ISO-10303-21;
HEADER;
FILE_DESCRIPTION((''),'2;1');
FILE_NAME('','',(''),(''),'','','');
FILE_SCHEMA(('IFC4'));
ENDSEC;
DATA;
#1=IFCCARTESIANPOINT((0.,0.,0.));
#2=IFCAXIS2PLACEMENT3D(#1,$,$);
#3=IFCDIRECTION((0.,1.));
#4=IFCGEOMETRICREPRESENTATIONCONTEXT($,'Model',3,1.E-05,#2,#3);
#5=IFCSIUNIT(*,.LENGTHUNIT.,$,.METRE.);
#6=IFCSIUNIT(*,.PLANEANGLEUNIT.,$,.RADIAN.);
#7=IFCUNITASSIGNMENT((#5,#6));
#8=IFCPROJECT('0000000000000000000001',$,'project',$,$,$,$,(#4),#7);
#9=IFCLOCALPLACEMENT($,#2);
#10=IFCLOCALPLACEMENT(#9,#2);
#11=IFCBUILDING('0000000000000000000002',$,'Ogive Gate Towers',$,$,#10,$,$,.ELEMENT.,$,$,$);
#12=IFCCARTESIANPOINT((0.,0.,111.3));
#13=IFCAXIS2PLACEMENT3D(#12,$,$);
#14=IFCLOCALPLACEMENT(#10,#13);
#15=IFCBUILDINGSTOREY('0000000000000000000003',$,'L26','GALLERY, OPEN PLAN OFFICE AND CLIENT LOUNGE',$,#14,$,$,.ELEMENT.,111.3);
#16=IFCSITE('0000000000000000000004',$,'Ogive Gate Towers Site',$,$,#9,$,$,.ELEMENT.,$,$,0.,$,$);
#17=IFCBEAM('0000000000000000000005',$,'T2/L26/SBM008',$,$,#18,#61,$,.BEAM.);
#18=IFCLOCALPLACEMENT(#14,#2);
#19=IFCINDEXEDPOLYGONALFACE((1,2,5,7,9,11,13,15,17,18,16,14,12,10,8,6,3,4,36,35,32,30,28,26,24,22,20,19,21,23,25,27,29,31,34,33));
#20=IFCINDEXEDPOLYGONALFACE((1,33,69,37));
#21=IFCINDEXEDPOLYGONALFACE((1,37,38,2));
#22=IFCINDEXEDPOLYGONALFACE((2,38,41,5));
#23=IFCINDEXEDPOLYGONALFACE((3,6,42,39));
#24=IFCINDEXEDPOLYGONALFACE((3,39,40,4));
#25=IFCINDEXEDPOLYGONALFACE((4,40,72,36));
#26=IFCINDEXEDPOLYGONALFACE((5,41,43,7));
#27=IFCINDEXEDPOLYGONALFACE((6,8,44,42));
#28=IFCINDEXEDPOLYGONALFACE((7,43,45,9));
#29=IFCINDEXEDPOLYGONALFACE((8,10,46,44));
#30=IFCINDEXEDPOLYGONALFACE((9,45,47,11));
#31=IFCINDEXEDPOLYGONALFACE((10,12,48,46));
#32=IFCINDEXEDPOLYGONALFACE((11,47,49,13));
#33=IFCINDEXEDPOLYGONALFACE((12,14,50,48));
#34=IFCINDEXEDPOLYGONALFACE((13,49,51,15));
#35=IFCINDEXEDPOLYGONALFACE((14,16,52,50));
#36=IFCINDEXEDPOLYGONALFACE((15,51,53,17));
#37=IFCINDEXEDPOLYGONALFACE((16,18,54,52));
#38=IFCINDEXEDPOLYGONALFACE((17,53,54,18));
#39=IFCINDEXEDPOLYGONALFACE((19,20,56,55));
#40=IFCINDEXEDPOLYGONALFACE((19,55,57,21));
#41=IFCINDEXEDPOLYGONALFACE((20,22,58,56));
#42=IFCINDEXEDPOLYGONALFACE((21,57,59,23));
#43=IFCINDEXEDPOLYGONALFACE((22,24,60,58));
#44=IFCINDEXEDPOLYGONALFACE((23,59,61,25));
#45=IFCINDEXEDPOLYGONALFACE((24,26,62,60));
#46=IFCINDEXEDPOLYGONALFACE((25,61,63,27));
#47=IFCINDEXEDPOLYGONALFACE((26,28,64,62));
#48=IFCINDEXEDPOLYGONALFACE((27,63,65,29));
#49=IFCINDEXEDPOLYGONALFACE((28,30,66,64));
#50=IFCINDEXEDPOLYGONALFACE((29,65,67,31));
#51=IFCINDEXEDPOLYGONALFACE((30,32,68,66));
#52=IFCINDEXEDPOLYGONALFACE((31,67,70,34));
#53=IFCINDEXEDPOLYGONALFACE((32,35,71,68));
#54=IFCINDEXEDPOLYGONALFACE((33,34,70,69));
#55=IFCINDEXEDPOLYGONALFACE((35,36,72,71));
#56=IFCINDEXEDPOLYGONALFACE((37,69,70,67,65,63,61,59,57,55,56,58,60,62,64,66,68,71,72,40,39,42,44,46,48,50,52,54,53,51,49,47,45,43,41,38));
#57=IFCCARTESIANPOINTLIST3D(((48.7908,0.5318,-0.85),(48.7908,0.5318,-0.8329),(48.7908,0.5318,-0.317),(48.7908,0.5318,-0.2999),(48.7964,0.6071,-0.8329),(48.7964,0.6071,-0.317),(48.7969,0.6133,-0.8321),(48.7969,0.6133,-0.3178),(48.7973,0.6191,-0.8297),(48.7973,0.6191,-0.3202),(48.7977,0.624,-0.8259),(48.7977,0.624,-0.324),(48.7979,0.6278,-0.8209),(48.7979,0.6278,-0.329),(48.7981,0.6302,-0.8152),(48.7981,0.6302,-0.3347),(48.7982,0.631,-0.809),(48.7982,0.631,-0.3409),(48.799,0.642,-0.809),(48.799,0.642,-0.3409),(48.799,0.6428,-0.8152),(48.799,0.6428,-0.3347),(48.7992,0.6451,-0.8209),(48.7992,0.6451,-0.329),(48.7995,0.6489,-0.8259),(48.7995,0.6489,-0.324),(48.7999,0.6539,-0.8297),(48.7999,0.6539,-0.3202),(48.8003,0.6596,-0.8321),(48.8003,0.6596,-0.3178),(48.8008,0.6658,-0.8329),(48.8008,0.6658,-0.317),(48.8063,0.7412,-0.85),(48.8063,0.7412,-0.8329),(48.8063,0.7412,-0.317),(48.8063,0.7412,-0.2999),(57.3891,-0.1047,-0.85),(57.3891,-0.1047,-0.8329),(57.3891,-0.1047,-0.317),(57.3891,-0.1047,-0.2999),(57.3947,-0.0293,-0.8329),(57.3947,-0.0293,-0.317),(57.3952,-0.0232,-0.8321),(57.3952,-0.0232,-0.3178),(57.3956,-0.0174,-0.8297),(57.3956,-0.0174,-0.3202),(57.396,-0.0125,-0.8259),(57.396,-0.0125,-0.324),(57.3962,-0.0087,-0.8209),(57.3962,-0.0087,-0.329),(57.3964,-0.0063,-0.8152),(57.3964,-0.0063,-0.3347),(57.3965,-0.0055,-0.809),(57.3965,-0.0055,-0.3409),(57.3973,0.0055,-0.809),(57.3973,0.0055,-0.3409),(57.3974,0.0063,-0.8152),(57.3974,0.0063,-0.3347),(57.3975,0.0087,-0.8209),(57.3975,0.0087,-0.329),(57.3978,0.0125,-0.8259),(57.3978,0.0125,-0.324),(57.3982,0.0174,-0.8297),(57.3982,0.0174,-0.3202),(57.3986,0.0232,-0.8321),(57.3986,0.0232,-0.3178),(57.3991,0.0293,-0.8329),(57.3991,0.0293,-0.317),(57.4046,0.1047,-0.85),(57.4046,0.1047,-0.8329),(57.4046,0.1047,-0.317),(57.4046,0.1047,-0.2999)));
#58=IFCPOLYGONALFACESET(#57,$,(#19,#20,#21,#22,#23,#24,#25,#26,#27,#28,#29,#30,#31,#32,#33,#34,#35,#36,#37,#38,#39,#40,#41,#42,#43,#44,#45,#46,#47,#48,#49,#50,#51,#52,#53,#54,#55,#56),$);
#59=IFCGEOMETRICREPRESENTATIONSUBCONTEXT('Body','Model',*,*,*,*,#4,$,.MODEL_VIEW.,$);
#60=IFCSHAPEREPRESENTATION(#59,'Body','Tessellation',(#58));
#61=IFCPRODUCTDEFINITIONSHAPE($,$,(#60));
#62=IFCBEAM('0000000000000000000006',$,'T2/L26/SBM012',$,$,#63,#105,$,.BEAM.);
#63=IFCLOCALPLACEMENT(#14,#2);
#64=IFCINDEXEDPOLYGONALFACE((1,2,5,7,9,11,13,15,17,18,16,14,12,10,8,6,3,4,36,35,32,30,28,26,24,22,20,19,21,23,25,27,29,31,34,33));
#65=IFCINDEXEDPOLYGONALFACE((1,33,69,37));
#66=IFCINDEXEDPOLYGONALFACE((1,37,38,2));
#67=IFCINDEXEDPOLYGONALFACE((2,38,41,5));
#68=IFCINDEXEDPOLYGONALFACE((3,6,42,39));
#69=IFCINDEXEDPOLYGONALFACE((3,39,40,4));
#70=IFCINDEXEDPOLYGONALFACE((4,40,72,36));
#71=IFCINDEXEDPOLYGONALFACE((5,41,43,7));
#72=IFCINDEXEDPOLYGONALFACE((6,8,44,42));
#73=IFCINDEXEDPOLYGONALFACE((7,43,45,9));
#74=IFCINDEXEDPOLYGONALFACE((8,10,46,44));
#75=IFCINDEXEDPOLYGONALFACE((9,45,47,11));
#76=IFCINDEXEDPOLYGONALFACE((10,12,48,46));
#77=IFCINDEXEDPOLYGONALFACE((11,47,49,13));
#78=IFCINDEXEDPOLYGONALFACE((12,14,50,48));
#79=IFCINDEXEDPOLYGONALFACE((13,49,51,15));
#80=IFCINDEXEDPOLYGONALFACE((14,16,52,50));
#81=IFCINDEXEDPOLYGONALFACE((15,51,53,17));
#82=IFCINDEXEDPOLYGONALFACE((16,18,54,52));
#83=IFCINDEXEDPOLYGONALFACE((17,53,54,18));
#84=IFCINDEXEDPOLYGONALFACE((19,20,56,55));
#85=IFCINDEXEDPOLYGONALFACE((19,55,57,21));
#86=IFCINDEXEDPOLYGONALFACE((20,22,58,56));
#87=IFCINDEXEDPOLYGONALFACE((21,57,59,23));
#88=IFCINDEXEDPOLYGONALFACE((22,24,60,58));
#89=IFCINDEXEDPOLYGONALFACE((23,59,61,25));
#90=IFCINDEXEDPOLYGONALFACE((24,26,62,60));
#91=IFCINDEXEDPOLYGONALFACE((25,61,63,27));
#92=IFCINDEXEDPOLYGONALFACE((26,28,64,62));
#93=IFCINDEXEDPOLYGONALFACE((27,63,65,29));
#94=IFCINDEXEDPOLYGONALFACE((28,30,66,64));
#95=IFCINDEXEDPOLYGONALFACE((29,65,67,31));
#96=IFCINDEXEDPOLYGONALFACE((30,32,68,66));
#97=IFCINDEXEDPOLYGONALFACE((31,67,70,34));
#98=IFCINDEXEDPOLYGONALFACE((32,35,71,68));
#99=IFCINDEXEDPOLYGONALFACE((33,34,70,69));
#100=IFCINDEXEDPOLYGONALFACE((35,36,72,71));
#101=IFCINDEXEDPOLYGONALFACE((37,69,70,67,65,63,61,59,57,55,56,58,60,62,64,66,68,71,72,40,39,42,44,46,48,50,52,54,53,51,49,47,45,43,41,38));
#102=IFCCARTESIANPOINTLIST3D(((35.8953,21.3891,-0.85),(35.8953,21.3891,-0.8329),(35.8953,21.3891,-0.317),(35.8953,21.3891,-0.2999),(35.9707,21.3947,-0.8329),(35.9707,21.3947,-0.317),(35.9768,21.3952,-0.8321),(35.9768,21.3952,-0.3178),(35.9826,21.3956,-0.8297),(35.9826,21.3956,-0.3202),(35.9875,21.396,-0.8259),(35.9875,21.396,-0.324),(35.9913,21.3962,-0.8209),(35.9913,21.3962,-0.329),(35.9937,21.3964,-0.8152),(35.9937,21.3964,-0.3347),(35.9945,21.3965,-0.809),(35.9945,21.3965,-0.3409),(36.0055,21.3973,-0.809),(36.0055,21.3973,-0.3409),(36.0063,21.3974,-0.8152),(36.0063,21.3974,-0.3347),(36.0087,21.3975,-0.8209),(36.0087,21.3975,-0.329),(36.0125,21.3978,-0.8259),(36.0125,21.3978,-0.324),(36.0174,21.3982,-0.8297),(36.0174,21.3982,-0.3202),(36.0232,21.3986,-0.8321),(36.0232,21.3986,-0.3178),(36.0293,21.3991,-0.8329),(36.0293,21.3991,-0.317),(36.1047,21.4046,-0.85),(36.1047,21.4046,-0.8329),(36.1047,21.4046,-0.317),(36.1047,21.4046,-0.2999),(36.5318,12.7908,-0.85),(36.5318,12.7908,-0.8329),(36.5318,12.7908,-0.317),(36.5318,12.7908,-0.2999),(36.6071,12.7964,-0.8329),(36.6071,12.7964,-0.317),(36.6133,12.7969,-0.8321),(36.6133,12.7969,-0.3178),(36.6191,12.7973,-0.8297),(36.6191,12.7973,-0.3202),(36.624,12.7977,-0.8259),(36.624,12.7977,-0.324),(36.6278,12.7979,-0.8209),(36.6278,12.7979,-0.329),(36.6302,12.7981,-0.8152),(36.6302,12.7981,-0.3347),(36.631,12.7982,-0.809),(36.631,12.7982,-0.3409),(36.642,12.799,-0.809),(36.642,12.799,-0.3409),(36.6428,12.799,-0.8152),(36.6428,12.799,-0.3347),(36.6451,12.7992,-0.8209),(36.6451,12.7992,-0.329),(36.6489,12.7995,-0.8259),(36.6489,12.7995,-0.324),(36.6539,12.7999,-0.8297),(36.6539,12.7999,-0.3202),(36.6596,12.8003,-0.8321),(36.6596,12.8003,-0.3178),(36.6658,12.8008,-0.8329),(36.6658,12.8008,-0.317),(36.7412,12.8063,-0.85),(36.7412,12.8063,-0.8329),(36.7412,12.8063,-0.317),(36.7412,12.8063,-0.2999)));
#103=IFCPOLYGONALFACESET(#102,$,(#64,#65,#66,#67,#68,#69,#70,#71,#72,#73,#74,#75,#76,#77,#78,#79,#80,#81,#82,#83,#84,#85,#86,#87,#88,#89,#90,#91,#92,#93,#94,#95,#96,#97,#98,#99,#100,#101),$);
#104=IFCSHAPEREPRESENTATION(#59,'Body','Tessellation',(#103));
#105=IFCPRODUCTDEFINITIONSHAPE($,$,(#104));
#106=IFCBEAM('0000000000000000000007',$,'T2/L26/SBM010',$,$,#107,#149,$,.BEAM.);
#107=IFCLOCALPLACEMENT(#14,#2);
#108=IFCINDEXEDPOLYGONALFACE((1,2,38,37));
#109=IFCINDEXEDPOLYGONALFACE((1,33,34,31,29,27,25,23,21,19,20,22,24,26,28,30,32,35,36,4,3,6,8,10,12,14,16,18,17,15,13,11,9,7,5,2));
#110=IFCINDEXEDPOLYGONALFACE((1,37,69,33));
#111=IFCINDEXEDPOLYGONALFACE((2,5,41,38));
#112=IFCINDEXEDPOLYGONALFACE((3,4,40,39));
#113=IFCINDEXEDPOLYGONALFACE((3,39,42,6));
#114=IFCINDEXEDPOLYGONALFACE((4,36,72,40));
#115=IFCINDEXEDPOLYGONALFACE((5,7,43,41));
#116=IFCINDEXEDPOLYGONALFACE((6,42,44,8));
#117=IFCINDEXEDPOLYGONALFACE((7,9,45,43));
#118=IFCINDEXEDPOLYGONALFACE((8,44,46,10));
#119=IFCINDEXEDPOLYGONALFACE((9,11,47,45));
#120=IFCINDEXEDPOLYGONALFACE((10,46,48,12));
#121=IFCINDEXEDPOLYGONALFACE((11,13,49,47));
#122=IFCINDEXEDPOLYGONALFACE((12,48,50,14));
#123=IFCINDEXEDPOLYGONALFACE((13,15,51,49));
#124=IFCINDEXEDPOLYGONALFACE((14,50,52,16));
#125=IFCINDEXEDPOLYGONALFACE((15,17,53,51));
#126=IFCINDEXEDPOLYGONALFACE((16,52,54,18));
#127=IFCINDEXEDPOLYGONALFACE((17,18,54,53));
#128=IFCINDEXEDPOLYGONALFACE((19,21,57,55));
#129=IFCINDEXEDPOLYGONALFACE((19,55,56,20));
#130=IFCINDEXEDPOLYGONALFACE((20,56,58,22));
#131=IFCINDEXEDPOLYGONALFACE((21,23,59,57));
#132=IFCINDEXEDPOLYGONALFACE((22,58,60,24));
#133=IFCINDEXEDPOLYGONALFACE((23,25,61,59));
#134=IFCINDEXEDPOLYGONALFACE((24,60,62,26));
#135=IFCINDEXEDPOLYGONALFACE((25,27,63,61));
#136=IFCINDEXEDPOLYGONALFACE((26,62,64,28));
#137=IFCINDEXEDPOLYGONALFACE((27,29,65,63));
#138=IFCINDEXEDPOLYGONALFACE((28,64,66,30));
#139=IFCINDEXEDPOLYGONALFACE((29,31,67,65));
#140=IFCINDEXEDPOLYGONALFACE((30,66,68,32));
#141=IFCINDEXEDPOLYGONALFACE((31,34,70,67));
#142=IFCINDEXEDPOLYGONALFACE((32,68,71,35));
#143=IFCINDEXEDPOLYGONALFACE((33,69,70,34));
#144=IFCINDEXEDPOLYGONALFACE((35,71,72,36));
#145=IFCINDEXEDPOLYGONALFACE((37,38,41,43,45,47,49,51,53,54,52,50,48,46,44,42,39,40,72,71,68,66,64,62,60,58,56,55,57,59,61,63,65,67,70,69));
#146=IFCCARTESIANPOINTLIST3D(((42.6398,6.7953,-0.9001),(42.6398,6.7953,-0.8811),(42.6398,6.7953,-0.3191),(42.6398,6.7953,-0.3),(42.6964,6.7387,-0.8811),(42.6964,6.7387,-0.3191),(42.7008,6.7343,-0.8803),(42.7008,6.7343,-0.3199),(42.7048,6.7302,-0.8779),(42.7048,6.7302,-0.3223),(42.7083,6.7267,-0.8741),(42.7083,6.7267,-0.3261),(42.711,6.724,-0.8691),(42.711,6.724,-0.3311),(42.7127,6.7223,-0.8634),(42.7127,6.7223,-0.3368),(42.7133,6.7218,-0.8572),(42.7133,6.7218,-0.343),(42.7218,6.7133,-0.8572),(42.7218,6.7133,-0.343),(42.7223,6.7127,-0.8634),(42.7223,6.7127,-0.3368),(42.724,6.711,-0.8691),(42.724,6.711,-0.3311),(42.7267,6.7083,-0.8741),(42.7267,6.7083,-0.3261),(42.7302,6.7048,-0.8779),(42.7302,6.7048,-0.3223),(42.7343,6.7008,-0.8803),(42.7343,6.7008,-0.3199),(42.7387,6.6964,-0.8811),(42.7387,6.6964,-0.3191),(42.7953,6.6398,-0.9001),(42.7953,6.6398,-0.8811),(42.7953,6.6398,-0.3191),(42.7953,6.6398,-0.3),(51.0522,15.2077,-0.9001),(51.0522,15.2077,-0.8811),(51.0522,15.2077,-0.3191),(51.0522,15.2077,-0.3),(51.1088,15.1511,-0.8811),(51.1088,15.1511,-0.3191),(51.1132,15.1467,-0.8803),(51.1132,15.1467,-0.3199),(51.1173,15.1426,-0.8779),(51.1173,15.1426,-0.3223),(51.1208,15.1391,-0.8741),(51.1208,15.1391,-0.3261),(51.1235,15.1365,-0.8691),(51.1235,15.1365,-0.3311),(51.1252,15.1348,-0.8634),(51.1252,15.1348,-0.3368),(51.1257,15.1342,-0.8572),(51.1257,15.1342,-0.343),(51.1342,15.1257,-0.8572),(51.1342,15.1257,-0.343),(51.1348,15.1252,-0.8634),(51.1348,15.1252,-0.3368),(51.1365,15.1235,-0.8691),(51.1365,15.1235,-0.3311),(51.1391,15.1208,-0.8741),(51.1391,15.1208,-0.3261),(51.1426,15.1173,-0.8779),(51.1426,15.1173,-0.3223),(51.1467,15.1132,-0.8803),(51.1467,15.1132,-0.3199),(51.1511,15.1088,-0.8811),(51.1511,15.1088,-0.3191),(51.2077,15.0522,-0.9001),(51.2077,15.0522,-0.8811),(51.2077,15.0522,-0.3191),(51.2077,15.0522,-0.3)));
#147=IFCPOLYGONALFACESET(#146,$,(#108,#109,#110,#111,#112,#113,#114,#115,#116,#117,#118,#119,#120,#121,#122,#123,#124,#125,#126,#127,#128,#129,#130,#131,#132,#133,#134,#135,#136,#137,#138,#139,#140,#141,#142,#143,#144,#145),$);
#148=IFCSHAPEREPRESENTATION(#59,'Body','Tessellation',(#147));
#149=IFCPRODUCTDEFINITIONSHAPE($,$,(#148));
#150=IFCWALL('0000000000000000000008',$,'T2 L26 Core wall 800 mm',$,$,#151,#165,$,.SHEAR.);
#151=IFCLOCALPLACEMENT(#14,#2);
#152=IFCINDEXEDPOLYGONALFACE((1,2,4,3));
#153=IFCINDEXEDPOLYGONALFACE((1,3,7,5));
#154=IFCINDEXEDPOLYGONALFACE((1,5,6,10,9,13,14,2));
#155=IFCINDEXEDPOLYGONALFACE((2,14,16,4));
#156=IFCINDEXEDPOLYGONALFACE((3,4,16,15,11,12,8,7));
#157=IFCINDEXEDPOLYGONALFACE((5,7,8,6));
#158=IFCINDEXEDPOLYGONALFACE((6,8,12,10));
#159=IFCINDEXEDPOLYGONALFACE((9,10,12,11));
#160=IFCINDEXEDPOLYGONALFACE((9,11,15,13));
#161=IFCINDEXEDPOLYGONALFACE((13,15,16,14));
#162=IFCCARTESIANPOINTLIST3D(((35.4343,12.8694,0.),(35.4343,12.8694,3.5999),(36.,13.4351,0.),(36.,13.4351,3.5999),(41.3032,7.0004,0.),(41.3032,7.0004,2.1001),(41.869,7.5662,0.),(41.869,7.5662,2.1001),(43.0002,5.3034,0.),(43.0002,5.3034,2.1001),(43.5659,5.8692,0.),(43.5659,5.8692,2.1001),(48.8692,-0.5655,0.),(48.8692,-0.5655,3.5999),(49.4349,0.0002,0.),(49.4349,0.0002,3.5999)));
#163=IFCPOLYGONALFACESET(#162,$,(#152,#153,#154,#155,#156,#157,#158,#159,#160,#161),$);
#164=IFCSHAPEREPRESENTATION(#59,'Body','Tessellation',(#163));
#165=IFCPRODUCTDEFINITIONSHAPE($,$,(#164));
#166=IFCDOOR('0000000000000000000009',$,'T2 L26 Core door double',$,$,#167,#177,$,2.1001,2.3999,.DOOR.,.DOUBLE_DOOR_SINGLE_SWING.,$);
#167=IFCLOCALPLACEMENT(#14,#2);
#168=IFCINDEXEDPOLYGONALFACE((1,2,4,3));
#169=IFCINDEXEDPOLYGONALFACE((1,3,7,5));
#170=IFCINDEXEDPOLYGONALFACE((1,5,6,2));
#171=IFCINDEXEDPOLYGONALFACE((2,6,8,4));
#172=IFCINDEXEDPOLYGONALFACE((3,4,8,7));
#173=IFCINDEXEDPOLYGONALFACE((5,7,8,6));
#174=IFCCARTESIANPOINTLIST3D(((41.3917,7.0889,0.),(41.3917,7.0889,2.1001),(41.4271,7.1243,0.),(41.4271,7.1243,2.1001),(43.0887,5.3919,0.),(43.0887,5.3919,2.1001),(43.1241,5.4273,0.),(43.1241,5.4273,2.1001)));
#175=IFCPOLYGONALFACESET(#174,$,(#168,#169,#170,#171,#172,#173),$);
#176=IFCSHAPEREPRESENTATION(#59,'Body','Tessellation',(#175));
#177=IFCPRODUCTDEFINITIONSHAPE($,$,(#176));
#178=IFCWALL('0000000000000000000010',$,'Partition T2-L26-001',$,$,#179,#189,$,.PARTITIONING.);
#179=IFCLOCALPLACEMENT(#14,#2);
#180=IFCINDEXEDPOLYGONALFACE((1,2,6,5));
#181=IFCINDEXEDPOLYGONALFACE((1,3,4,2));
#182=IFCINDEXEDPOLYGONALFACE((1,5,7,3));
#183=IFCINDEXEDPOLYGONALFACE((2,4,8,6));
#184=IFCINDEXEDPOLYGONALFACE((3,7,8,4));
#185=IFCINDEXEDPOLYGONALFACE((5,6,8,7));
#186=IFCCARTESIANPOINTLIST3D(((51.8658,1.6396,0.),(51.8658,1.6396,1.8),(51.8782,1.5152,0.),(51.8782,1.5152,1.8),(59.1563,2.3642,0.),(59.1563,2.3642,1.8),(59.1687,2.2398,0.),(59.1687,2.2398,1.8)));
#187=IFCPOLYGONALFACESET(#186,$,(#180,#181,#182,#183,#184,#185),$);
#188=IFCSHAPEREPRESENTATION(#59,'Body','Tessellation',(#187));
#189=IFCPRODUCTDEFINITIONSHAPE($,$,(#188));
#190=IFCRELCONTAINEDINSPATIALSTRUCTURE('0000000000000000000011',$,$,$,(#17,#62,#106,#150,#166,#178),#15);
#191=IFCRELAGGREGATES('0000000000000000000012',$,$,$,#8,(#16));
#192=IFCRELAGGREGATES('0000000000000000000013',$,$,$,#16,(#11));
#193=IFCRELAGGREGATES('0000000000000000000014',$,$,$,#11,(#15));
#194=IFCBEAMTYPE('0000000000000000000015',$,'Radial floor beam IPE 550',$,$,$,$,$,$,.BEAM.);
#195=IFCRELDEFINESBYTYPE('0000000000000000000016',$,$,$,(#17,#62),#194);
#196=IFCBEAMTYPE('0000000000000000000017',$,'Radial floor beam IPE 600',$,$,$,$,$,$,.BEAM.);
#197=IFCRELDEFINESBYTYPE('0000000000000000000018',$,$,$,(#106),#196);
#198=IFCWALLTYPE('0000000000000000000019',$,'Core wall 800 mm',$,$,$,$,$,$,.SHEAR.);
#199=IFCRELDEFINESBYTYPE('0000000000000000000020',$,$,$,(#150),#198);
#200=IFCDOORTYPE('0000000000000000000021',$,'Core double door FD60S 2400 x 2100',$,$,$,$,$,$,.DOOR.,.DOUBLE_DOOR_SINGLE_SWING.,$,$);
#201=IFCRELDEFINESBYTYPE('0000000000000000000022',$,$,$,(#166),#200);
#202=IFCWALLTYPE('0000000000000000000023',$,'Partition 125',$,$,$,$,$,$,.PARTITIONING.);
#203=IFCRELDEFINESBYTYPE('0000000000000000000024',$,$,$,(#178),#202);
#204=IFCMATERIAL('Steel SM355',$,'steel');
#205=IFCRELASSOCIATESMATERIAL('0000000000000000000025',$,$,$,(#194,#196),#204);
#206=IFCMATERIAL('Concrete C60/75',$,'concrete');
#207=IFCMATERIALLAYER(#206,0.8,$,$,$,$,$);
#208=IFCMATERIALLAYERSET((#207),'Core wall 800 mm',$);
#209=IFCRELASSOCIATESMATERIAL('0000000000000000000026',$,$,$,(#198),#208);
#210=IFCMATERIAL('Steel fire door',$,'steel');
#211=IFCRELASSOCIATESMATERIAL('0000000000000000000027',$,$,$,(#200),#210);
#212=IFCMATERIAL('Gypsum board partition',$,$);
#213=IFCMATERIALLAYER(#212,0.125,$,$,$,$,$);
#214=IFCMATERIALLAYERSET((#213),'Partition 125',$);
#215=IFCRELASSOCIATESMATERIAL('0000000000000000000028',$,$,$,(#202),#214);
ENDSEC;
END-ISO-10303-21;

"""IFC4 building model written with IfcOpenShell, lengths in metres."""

from ifc_helpers import new_model, si_unit, direction, frame, frame_2d, origin, origin_2d, place, context, subcontext, project, spatial, rectangle, i_section, extrude, material, layer, layer_set, material_profile, profile_set, type_object, element, fill, save


model = new_model("IFC4")

# Units and contexts
model_context = context("Model", 3, precision=1e-05, world=origin(), true_north=direction((0.0, 1.0)))
body_context = subcontext(model_context, "Body", "Model", "MODEL_VIEW")
ifc_project = project(units=[si_unit("LENGTHUNIT", "METRE"), si_unit("PLANEANGLEUNIT", "RADIAN")], contexts=[model_context])

# Site, building, storey
site_placement = place(None, origin())
site = spatial("IfcSite", under=ifc_project, at=site_placement, Name="Ogive Gate Towers Site", CompositionType="ELEMENT", RefElevation=0.0)
building_placement = place(site_placement, origin())
building = spatial("IfcBuilding", under=site, at=building_placement, Name="Ogive Gate Towers", CompositionType="ELEMENT")
storey_placement = place(building_placement, frame((0.0, 0.0, 111.3)))
storey = spatial("IfcBuildingStorey", under=building, at=storey_placement, Name="L26", Description="GALLERY, OPEN PLAN OFFICE AND CLIENT LOUNGE", CompositionType="ELEMENT", Elevation=111.3)

# Beams
ifc_material_1 = material(Name="Steel SM355", Category="steel")
ifc_material_profile_1 = material_profile(ifc_material_1, i_section(OverallWidth=0.21, OverallDepth=0.55, WebThickness=0.011, FlangeThickness=0.0171, FilletRadius=0.0239, at=origin_2d()), Name="IPE 550")
ifc_profile_set_1 = profile_set([ifc_material_profile_1], Name="Steel SM355")
beam_type_1 = type_object("IfcBeamType", Name="Radial floor beam IPE 550", PredefinedType="BEAM", material=ifc_profile_set_1)
for number, where, z_axis, x_axis, name in (
    (1, (48.7986, 0.6365, -0.575), (0.997272, -0.073821, 0.0), (0.073821, 0.997272, 0.0), "T2/L26/SBM008"),
    (2, (36.6365, 12.7986, -0.575), (-0.073821, 0.997272, 0.0), (-0.997272, -0.073821, 0.0), "T2/L26/SBM012"),
):
    element("IfcBeam", number, at=place(storey_placement, frame(where, z_axis=z_axis, x_axis=x_axis)), inside=storey, type_object=beam_type_1, Name=name, PredefinedType="BEAM", context=body_context, shape_type="SweptSolid", body=[
        extrude(i_section(OverallWidth=0.21, OverallDepth=0.55, WebThickness=0.011, FlangeThickness=0.0171, FilletRadius=0.0239, at=origin_2d()), origin(), (0.0, 0.0, 1.0), 8.6218),
    ])
ifc_material_profile_2 = material_profile(ifc_material_1, i_section(OverallWidth=0.22, OverallDepth=0.6001, WebThickness=0.012, FlangeThickness=0.019, FilletRadius=0.0239, at=origin_2d()), Name="IPE 600")
ifc_profile_set_2 = profile_set([ifc_material_profile_2], Name="Steel SM355")
beam_type_2 = type_object("IfcBeamType", Name="Radial floor beam IPE 600", PredefinedType="BEAM", material=ifc_profile_set_2)
beam_1_placement = place(storey_placement, frame((42.7175, 6.7175, -0.6001), z_axis=(0.707107, 0.707107, 0.0), x_axis=(-0.707107, 0.707107, 0.0)))
element("IfcBeam", 3, at=beam_1_placement, inside=storey, type_object=beam_type_2, Name="T2/L26/SBM010", PredefinedType="BEAM", context=body_context, shape_type="SweptSolid", body=[
    extrude(i_section(OverallWidth=0.22, OverallDepth=0.6001, WebThickness=0.012, FlangeThickness=0.019, FilletRadius=0.0239, at=origin_2d()), origin(), (0.0, 0.0, 1.0), 11.897),
])

# Wall, opening, door
ifc_material_2 = material(Name="Concrete C60/75", Category="concrete")
ifc_layer_1 = layer(ifc_material_2, 0.8)
ifc_layer_set_1 = layer_set([ifc_layer_1], Name="Core wall 800 mm")
wall_type_1 = type_object("IfcWallType", Name="Core wall 800 mm", PredefinedType="SHEAR", material=ifc_layer_set_1)
wall_1_placement = place(storey_placement, frame((49.1521, -0.2827, 0.0), z_axis=(0.0, 0.0, 1.0), x_axis=(-0.707107, 0.707107, 0.0)))
wall_1 = element("IfcWall", 4, at=wall_1_placement, inside=storey, type_object=wall_type_1, Name="T2 L26 Core wall 800 mm", PredefinedType="SHEAR", context=body_context, shape_type="SweptSolid", body=[
    extrude(rectangle(XDim=18.9998, YDim=0.8, at=frame_2d((9.5, 0.0))), origin(), (0.0, 0.0, 1.0), 3.5999),
])
opening_1_placement = place(wall_1_placement, frame((8.3, 0.0, 0.0)))
opening_1 = element("IfcOpeningElement", 5, at=opening_1_placement, cuts=wall_1, PredefinedType="OPENING", context=body_context, shape_type="SweptSolid", body=[
    extrude(rectangle(XDim=2.3999, YDim=2.1001, at=frame_2d((1.2, 1.05))), frame((0.0, 0.4102, 0.0), z_axis=(0.0, -1.0, 0.0), x_axis=(1.0, 0.0, 0.0)), (0.0, 0.0, 1.0), 0.8201),
])
ifc_material_3 = material(Name="Steel fire door", Category="steel")
door_type_1 = type_object("IfcDoorType", Name="Core double door FD60S 2400 x 2100", OperationType="DOUBLE_DOOR_SINGLE_SWING", PredefinedType="DOOR", material=ifc_material_3)
door_1_placement = place(opening_1_placement, origin())
door_1 = element("IfcDoor", 6, at=door_1_placement, inside=storey, type_object=door_type_1, Name="T2 L26 Core door double", OperationType="DOUBLE_DOOR_SINGLE_SWING", OverallHeight=2.1001, OverallWidth=2.3999, PredefinedType="DOOR", context=body_context, shape_type="SweptSolid", body=[
    extrude(rectangle(XDim=2.3999, YDim=2.1001, at=frame_2d((1.2, 1.05))), frame((0.0, 0.2749, 0.0), z_axis=(0.0, -1.0, 0.0), x_axis=(1.0, 0.0, 0.0)), (0.0, 0.0, 1.0), 0.05),
])
fill(opening_1, door_1)

# Wall
ifc_material_4 = material(Name="Gypsum board partition")
ifc_layer_2 = layer(ifc_material_4, 0.125)
ifc_layer_set_2 = layer_set([ifc_layer_2], Name="Partition 125")
wall_type_2 = type_object("IfcWallType", Name="Partition 125", PredefinedType="PARTITIONING", material=ifc_layer_set_2)
wall_2_placement = place(storey_placement, frame((59.1624, 2.302, 0.0), z_axis=(0.0, 0.0, 1.0), x_axis=(-0.995097, -0.098903, 0.0)))
element("IfcWall", 7, at=wall_2_placement, inside=storey, type_object=wall_type_2, Name="Partition T2-L26-001", PredefinedType="PARTITIONING", context=body_context, shape_type="SweptSolid", body=[
    extrude(rectangle(XDim=7.3264, YDim=0.125, at=frame_2d((3.6631, 0.0))), origin(), (0.0, 0.0, 1.0), 1.8),
])

save(model, "model.ifc")
